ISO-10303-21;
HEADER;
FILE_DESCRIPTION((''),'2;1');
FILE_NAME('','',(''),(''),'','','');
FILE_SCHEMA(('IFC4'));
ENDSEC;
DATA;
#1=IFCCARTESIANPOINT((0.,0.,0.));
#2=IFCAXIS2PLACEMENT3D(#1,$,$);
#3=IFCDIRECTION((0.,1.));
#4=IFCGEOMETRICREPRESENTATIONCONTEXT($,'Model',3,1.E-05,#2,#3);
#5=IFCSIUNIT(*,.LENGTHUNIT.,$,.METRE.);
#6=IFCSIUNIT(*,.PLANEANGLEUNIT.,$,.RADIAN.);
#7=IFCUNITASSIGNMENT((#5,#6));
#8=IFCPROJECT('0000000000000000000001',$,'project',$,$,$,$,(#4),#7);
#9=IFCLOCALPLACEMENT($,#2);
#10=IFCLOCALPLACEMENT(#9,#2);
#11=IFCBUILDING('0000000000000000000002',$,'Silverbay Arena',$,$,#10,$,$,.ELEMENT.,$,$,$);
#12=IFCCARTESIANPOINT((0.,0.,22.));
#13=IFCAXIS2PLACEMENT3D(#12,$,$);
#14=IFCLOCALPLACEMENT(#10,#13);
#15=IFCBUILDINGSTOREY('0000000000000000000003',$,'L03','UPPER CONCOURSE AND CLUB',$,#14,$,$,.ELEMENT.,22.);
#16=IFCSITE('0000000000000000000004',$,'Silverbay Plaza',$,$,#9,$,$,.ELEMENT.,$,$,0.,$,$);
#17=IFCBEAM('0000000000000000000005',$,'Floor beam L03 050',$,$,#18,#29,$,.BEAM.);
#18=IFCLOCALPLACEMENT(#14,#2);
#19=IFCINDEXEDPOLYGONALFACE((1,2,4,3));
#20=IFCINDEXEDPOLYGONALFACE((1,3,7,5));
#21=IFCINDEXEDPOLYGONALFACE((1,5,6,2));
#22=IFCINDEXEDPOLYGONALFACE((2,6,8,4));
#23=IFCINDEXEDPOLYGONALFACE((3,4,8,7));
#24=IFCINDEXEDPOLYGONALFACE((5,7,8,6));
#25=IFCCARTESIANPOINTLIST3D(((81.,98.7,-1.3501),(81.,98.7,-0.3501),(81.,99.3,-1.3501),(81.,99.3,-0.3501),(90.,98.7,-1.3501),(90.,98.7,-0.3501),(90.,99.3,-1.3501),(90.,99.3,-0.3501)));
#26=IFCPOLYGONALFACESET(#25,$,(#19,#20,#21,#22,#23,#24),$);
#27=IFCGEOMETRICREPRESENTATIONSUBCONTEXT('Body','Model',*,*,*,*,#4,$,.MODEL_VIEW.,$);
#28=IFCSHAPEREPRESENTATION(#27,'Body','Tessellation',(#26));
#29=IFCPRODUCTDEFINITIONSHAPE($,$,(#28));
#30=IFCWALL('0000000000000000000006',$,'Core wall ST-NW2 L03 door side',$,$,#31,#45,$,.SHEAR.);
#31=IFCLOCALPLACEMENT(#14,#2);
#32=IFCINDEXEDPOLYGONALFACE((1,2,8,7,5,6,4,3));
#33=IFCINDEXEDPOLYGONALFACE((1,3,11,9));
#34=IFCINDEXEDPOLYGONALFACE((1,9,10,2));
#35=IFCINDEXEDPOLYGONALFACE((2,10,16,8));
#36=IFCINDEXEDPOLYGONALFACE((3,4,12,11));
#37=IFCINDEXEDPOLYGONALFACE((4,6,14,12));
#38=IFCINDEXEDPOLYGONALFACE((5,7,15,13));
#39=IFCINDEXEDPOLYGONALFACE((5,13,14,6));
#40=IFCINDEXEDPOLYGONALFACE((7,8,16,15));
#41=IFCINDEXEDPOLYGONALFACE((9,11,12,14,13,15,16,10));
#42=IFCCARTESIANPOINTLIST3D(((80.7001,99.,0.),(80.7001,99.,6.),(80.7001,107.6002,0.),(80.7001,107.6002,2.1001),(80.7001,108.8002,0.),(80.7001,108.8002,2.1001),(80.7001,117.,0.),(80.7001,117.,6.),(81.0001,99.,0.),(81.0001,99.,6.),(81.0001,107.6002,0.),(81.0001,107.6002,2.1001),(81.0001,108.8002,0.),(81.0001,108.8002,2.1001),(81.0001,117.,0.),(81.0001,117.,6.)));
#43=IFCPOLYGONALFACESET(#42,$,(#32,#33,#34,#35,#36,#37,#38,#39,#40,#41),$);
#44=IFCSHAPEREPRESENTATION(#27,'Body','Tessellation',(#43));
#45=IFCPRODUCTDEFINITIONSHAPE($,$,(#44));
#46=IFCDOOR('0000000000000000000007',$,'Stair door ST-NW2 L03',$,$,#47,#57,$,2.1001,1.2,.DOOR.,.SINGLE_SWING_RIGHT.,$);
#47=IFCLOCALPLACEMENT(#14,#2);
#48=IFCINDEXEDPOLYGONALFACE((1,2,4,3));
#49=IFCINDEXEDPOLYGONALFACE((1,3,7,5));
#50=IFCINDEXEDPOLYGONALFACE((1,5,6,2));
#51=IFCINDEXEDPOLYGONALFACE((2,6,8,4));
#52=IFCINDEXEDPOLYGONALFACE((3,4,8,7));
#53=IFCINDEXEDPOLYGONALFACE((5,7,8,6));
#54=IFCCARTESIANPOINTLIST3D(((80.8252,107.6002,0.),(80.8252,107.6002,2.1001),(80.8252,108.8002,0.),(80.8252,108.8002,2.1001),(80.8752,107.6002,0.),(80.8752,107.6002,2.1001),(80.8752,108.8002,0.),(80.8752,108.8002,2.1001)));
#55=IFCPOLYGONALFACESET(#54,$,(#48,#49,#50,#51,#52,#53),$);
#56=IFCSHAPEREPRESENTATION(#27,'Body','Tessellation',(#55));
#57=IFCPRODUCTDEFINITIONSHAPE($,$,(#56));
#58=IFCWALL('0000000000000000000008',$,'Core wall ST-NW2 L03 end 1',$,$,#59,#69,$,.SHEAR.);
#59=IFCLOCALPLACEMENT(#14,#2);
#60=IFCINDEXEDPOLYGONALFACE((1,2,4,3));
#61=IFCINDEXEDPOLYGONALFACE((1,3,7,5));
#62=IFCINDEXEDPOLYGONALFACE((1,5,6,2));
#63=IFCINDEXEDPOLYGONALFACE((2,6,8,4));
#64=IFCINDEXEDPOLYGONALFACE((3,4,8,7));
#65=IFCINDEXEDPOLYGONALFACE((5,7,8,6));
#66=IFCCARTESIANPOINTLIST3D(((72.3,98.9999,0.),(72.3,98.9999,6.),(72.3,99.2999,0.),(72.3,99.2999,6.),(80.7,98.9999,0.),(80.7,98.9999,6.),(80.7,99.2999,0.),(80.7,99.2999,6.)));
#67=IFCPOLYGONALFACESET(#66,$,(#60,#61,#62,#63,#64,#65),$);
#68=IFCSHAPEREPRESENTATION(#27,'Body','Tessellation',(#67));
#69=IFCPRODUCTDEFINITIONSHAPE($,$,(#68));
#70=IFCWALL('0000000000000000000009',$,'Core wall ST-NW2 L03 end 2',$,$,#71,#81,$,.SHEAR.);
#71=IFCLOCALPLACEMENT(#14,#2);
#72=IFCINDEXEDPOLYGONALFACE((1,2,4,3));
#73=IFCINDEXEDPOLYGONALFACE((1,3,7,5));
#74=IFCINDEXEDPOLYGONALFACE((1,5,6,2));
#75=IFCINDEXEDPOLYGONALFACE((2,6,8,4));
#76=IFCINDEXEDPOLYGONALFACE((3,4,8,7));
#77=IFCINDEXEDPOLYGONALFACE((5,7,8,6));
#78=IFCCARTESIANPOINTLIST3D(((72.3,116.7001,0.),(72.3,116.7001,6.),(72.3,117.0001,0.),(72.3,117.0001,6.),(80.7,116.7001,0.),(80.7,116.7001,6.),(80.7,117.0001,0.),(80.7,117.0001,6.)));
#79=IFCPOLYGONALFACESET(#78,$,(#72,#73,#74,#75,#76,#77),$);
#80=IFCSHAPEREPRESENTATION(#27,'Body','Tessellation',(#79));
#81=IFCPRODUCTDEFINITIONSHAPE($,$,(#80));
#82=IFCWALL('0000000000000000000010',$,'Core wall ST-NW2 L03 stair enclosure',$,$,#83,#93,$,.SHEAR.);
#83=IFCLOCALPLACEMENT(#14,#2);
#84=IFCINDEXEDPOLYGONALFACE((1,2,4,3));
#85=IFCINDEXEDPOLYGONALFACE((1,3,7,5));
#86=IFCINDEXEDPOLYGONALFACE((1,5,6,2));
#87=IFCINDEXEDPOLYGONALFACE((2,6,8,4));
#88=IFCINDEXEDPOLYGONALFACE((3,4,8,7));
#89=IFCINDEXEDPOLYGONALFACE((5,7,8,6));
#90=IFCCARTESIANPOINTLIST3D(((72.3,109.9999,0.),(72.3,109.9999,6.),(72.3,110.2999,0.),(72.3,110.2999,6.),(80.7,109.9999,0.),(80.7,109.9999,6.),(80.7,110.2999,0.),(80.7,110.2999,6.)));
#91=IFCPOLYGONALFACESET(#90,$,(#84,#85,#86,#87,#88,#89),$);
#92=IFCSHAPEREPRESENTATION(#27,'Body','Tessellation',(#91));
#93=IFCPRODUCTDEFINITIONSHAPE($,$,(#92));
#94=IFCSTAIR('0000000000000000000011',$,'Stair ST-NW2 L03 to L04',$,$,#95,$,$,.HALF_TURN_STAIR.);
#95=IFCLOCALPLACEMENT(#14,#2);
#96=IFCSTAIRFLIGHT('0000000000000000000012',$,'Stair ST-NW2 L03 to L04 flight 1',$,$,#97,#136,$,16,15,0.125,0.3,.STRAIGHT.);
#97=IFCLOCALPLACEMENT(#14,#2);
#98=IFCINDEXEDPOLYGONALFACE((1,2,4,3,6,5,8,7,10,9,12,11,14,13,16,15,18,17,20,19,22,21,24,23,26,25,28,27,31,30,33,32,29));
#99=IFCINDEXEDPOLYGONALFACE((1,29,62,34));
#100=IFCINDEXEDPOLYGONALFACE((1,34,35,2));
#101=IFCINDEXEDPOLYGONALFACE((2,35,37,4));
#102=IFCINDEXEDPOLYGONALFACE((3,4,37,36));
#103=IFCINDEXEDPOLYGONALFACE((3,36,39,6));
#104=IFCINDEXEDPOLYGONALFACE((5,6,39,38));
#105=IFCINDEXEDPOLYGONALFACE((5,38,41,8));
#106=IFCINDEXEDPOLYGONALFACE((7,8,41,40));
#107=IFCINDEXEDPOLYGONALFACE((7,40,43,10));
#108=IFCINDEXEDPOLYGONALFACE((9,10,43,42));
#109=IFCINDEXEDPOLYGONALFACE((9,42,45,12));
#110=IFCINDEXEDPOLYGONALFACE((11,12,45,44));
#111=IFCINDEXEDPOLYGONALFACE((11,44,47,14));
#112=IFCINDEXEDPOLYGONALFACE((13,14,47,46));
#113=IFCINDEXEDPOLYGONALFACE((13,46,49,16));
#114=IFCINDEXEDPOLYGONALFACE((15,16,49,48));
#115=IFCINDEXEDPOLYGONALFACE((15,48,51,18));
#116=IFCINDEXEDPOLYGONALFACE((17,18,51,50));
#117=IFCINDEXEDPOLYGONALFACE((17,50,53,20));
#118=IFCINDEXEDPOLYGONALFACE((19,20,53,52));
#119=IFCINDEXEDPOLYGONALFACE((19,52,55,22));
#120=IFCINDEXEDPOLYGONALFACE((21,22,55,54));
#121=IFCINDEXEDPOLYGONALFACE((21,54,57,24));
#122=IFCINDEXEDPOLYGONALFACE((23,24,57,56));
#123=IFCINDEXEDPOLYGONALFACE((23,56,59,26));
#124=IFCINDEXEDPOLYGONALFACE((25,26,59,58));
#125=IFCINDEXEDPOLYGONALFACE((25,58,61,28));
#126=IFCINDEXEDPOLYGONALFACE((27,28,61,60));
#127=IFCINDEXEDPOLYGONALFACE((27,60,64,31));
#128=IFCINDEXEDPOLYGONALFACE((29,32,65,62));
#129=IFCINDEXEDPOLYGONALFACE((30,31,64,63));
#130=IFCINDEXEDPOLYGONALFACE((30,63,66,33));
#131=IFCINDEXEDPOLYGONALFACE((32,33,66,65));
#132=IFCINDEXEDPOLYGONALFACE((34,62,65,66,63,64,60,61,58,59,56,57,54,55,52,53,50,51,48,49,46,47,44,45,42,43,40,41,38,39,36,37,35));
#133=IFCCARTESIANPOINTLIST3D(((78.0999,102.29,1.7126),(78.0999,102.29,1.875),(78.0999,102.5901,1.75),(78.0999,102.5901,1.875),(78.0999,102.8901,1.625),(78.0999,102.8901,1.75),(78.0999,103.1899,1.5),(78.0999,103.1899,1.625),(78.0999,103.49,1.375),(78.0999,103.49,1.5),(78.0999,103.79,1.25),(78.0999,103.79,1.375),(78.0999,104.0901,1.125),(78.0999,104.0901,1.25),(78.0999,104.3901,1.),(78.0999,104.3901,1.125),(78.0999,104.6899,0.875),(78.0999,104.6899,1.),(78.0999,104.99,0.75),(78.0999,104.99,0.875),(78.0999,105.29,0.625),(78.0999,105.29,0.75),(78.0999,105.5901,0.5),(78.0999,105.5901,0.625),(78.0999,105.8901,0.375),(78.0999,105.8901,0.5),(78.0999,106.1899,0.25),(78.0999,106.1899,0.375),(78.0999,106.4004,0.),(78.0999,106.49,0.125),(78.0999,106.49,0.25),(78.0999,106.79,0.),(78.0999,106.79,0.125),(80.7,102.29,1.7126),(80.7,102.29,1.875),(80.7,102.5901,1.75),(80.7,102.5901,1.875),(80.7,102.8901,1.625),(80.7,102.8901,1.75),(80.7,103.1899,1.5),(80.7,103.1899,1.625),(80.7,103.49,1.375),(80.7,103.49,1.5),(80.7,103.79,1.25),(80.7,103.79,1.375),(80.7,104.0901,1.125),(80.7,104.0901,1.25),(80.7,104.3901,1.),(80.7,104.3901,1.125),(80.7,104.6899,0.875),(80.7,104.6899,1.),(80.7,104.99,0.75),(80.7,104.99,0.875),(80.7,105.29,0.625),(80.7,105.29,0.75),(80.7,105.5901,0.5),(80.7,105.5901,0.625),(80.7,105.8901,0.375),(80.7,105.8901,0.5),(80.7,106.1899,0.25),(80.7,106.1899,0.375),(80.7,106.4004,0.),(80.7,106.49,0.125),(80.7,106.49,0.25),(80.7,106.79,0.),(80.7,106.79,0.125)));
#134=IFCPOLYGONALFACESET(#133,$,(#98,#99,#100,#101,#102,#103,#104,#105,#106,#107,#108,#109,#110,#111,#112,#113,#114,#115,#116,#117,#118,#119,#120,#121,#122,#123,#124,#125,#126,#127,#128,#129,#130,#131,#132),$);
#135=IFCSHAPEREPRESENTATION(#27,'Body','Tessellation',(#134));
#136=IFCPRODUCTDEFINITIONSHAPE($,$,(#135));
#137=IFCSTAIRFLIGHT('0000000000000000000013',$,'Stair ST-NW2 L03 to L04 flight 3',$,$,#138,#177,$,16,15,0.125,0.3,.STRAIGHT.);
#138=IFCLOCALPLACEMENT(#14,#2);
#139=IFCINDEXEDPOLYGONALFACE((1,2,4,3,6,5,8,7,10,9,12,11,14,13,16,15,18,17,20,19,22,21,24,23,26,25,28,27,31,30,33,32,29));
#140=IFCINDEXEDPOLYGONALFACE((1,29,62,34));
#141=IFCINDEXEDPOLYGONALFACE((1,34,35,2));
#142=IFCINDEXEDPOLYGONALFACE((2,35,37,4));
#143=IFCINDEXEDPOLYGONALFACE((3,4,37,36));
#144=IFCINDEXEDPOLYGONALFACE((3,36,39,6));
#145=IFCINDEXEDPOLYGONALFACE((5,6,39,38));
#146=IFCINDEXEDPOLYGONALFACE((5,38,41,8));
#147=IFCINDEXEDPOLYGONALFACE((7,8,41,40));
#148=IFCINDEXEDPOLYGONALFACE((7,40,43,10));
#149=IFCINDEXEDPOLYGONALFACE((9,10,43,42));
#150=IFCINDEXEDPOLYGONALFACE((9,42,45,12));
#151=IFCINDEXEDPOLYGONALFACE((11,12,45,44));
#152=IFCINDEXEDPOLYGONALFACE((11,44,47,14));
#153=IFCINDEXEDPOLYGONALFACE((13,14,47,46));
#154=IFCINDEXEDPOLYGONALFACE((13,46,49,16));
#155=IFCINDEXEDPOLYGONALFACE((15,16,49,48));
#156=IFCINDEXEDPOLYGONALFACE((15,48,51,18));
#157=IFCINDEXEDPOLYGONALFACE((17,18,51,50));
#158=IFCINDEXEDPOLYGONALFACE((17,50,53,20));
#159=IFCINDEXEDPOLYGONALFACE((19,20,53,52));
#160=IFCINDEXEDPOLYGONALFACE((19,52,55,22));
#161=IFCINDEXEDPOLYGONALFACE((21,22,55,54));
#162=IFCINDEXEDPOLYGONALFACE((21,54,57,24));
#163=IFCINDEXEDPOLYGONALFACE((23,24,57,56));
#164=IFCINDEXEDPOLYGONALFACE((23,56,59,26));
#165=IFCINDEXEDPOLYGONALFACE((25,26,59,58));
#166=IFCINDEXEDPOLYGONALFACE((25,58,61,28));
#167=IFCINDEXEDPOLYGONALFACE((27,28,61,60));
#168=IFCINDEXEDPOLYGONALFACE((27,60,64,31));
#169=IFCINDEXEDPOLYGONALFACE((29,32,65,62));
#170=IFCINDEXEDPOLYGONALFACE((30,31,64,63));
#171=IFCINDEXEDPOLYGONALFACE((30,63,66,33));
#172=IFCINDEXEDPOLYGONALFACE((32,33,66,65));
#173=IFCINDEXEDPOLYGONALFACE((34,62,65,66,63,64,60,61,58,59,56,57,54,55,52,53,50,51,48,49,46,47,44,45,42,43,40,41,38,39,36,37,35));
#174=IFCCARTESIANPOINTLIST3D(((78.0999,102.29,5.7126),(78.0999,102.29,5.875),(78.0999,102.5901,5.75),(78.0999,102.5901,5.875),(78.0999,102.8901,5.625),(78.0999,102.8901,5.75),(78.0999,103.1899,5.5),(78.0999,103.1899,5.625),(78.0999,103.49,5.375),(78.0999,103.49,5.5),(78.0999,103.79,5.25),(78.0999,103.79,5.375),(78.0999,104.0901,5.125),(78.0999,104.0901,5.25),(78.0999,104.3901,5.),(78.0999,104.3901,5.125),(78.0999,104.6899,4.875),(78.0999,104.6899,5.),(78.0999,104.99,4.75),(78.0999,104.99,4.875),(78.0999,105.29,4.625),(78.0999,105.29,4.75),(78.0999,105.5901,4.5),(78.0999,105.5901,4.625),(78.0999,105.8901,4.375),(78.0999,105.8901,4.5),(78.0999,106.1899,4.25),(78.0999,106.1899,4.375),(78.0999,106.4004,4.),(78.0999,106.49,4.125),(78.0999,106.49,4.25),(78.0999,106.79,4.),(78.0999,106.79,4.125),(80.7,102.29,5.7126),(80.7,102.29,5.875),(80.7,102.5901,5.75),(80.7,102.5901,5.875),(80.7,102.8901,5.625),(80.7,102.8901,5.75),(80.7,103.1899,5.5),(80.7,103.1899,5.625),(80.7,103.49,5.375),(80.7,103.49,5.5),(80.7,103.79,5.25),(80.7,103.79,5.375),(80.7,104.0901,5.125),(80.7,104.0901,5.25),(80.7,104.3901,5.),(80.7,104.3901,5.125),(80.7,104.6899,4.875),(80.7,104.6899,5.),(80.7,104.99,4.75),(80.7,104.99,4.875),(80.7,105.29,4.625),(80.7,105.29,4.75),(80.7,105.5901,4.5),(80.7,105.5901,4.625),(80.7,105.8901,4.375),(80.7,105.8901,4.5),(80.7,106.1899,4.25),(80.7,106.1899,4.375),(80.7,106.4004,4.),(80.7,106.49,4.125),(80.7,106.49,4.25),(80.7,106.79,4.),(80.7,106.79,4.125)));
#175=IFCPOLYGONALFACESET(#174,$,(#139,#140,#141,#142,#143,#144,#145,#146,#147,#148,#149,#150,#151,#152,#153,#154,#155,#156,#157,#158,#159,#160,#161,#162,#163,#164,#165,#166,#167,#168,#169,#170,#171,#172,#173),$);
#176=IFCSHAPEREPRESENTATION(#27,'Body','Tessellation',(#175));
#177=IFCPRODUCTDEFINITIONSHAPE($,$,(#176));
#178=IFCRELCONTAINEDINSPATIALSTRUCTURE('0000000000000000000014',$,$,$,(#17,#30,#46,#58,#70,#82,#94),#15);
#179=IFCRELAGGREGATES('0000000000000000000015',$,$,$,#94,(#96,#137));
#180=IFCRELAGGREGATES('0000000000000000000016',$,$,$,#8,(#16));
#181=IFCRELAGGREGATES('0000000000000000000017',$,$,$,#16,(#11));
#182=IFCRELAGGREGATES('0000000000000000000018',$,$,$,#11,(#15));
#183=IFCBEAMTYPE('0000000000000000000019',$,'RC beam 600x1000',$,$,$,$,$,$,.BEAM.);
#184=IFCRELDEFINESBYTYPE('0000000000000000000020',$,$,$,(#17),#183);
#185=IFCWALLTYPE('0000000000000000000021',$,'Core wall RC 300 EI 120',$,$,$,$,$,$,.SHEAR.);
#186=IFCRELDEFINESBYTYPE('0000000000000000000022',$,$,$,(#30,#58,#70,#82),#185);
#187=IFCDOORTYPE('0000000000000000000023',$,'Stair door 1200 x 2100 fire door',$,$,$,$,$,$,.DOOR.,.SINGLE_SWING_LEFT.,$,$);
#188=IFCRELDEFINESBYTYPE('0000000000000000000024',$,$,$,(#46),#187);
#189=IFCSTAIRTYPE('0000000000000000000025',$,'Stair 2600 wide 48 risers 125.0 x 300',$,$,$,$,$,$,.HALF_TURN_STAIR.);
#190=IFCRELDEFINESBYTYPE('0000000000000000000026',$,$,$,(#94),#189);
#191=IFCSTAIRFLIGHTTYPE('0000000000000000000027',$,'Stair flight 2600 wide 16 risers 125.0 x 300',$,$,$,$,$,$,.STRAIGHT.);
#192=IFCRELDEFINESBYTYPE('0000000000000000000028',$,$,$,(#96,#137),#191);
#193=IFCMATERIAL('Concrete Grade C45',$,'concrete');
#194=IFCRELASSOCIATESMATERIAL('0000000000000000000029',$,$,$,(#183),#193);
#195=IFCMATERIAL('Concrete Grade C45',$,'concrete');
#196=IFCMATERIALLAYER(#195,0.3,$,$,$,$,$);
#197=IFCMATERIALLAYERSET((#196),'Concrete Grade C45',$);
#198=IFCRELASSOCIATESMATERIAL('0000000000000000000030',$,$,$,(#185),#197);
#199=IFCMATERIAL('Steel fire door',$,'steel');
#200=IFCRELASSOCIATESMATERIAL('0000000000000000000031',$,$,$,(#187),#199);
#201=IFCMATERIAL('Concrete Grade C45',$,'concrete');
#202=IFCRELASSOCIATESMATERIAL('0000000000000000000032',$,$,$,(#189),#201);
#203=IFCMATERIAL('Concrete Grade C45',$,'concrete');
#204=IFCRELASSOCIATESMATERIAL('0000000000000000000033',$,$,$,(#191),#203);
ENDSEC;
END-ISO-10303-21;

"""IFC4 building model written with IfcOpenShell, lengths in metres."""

from ifc_helpers import new_model, si_unit, direction, frame, frame_2d, origin, origin_2d, place, context, subcontext, project, spatial, polyline, rectangle, outline, extrude, material, layer, layer_set, material_profile, profile_set, type_object, element, fill, aggregate, save


model = new_model("IFC4")

# Units and contexts
model_context = context("Model", 3, precision=1e-05, world=origin(), true_north=direction((0.0, 1.0)))
body_context = subcontext(model_context, "Body", "Model", "MODEL_VIEW")
ifc_project = project(units=[si_unit("LENGTHUNIT", "METRE"), si_unit("PLANEANGLEUNIT", "RADIAN")], contexts=[model_context])

# Site, building, storey
site_placement = place(None, origin())
site = spatial("IfcSite", under=ifc_project, at=site_placement, Name="Silverbay Plaza", CompositionType="ELEMENT", RefElevation=0.0)
building_placement = place(site_placement, origin())
building = spatial("IfcBuilding", under=site, at=building_placement, Name="Silverbay Arena", CompositionType="ELEMENT")
storey_placement = place(building_placement, frame((0.0, 0.0, 22.0)))
storey = spatial("IfcBuildingStorey", under=building, at=storey_placement, Name="L03", Description="UPPER CONCOURSE AND CLUB", CompositionType="ELEMENT", Elevation=22.0)

# Beam
ifc_material_1 = material(Name="Concrete Grade C45", Category="concrete")
ifc_material_profile = material_profile(ifc_material_1, rectangle(XDim=0.6001, YDim=1.0, at=origin_2d()), Name="RC 600x1000")
ifc_profile_set = profile_set([ifc_material_profile], Name="Concrete Grade C45")
beam_type = type_object("IfcBeamType", Name="RC beam 600x1000", PredefinedType="BEAM", material=ifc_profile_set)
beam_placement = place(storey_placement, frame((81.0, 99.0, -0.8501), z_axis=(1.0, 0.0, 0.0), x_axis=(0.0, 1.0, 0.0)))
element("IfcBeam", 1, at=beam_placement, inside=storey, type_object=beam_type, Name="Floor beam L03 050", PredefinedType="BEAM", context=body_context, shape_type="SweptSolid", body=[
    extrude(rectangle(XDim=0.6001, YDim=1.0, at=origin_2d()), origin(), (0.0, 0.0, 1.0), 9.0),
])

# Wall, opening, door
ifc_material_2 = material(Name="Concrete Grade C45", Category="concrete")
ifc_layer = layer(ifc_material_2, 0.3)
ifc_layer_set = layer_set([ifc_layer], Name="Concrete Grade C45")
wall_type = type_object("IfcWallType", Name="Core wall RC 300 EI 120", PredefinedType="SHEAR", material=ifc_layer_set)
wall_placement = place(storey_placement, frame((80.8501, 99.0, 0.0), z_axis=(0.0, 0.0, 1.0), x_axis=(0.0, 1.0, 0.0)))
wall = element("IfcWall", 2, at=wall_placement, inside=storey, type_object=wall_type, Name="Core wall ST-NW2 L03 door side", PredefinedType="SHEAR", context=body_context, shape_type="SweptSolid", body=[
    extrude(rectangle(XDim=18.0, YDim=0.3, at=frame_2d((9.0, 0.0))), origin(), (0.0, 0.0, 1.0), 6.0),
])
opening_placement = place(wall_placement, frame((8.6001, 0.0, 0.0)))
opening = element("IfcOpeningElement", 3, at=opening_placement, cuts=wall, PredefinedType="OPENING", context=body_context, shape_type="SweptSolid", body=[
    extrude(rectangle(XDim=1.2, YDim=2.1001, at=frame_2d((0.6001, 1.05))), frame((0.0, 0.1602, 0.0), z_axis=(0.0, -1.0, 0.0), x_axis=(1.0, 0.0, 0.0)), (0.0, 0.0, 1.0), 0.3201),
])
ifc_material_3 = material(Name="Steel fire door", Category="steel")
door_type = type_object("IfcDoorType", Name="Stair door 1200 x 2100 fire door", OperationType="SINGLE_SWING_LEFT", PredefinedType="DOOR", material=ifc_material_3)
door_placement = place(opening_placement, origin())
door = element("IfcDoor", 4, at=door_placement, inside=storey, type_object=door_type, Name="Stair door ST-NW2 L03", OperationType="SINGLE_SWING_RIGHT", OverallHeight=2.1001, OverallWidth=1.2, PredefinedType="DOOR", context=body_context, shape_type="SweptSolid", body=[
    extrude(rectangle(XDim=1.2, YDim=2.1001, at=frame_2d((0.6001, 1.05))), frame((0.0, 0.0249, 0.0), z_axis=(0.0, -1.0, 0.0), x_axis=(1.0, 0.0, 0.0)), (0.0, 0.0, 1.0), 0.05),
])
fill(opening, door)

# Walls
for number, where, z_axis, x_axis, name in (
    (5, (80.7, 99.1499, 0.0), (0.0, 0.0, 1.0), (-1.0, 0.0, 0.0), "Core wall ST-NW2 L03 end 1"),
    (6, (80.7, 116.8501, 0.0), (0.0, 0.0, 1.0), (-1.0, 0.0, 0.0), "Core wall ST-NW2 L03 end 2"),
    (7, (80.7, 110.1499, 0.0), (0.0, 0.0, 1.0), (-1.0, 0.0, 0.0), "Core wall ST-NW2 L03 stair enclosure"),
):
    element("IfcWall", number, at=place(storey_placement, frame(where, z_axis=z_axis, x_axis=x_axis)), inside=storey, type_object=wall_type, Name=name, PredefinedType="SHEAR", context=body_context, shape_type="SweptSolid", body=[
        extrude(rectangle(XDim=8.3999, YDim=0.3, at=frame_2d((4.2, 0.0))), origin(), (0.0, 0.0, 1.0), 6.0),
    ])

# Stair, stair flights
ifc_material_4 = material(Name="Concrete Grade C45", Category="concrete")
stair_type = type_object("IfcStairType", Name="Stair 2600 wide 48 risers 125.0 x 300", PredefinedType="HALF_TURN_STAIR", material=ifc_material_4)
stair_placement = place(storey_placement, origin())
stair = element("IfcStair", 8, at=stair_placement, inside=storey, type_object=stair_type, Name="Stair ST-NW2 L03 to L04", PredefinedType="HALF_TURN_STAIR")
ifc_material_5 = material(Name="Concrete Grade C45", Category="concrete")
stair_flight_type = type_object("IfcStairFlightType", Name="Stair flight 2600 wide 16 risers 125.0 x 300", PredefinedType="STRAIGHT", material=ifc_material_5)
stair_flight_1_placement = place(storey_placement, frame((79.3999, 106.79, 0.0), z_axis=(0.0, 0.0, 1.0), x_axis=(0.0, -1.0, 0.0)))
stair_flight_1 = element("IfcStairFlight", 9, at=stair_flight_1_placement, type_object=stair_flight_type, Name="Stair ST-NW2 L03 to L04 flight 1", NumberOfRisers=16, NumberOfTreads=15, PredefinedType="STRAIGHT", RiserHeight=0.125, TreadLength=0.3, context=body_context, shape_type="SweptSolid", body=[
    extrude(outline(polyline([(0.0, 0.0), (0.0, 0.125), (0.3, 0.125), (0.3, 0.25), (0.6001, 0.25), (0.6001, 0.375), (0.8999, 0.375), (0.8999, 0.5), (1.2, 0.5), (1.2, 0.625), (1.5, 0.625), (1.5, 0.75), (1.8, 0.75), (1.8, 0.875), (2.1001, 0.875), (2.1001, 1.0), (2.3999, 1.0), (2.3999, 1.125), (2.7, 1.125), (2.7, 1.25), (3.0, 1.25), (3.0, 1.375), (3.3, 1.375), (3.3, 1.5), (3.6001, 1.5), (3.6001, 1.625), (3.8999, 1.625), (3.8999, 1.75), (4.2, 1.75), (4.2, 1.875), (4.5, 1.875), (4.5, 1.7126), (0.3896, 0.0), (0.0, 0.0)])), frame((0.0, 1.3, 0.0), z_axis=(0.0, -1.0, 0.0), x_axis=(1.0, 0.0, 0.0)), (0.0, 0.0, 1.0), 2.6001),
])
stair_flight_2_placement = place(storey_placement, frame((79.3999, 106.79, 4.0), z_axis=(0.0, 0.0, 1.0), x_axis=(0.0, -1.0, 0.0)))
stair_flight_2 = element("IfcStairFlight", 10, at=stair_flight_2_placement, type_object=stair_flight_type, Name="Stair ST-NW2 L03 to L04 flight 3", NumberOfRisers=16, NumberOfTreads=15, PredefinedType="STRAIGHT", RiserHeight=0.125, TreadLength=0.3, context=body_context, shape_type="SweptSolid", body=[
    extrude(outline(polyline([(0.0, 0.0), (0.0, 0.125), (0.3, 0.125), (0.3, 0.25), (0.6001, 0.25), (0.6001, 0.375), (0.8999, 0.375), (0.8999, 0.5), (1.2, 0.5), (1.2, 0.625), (1.5, 0.625), (1.5, 0.75), (1.8, 0.75), (1.8, 0.875), (2.1001, 0.875), (2.1001, 1.0), (2.3999, 1.0), (2.3999, 1.125), (2.7, 1.125), (2.7, 1.25), (3.0, 1.25), (3.0, 1.375), (3.3, 1.375), (3.3, 1.5), (3.6001, 1.5), (3.6001, 1.625), (3.8999, 1.625), (3.8999, 1.75), (4.2, 1.75), (4.2, 1.875), (4.5, 1.875), (4.5, 1.7126), (0.3896, 0.0), (0.0, 0.0)])), frame((0.0, 1.3, 0.0), z_axis=(0.0, -1.0, 0.0), x_axis=(1.0, 0.0, 0.0)), (0.0, 0.0, 1.0), 2.6001),
])
aggregate(stair, [stair_flight_1, stair_flight_2])

save(model, "model.ifc")
